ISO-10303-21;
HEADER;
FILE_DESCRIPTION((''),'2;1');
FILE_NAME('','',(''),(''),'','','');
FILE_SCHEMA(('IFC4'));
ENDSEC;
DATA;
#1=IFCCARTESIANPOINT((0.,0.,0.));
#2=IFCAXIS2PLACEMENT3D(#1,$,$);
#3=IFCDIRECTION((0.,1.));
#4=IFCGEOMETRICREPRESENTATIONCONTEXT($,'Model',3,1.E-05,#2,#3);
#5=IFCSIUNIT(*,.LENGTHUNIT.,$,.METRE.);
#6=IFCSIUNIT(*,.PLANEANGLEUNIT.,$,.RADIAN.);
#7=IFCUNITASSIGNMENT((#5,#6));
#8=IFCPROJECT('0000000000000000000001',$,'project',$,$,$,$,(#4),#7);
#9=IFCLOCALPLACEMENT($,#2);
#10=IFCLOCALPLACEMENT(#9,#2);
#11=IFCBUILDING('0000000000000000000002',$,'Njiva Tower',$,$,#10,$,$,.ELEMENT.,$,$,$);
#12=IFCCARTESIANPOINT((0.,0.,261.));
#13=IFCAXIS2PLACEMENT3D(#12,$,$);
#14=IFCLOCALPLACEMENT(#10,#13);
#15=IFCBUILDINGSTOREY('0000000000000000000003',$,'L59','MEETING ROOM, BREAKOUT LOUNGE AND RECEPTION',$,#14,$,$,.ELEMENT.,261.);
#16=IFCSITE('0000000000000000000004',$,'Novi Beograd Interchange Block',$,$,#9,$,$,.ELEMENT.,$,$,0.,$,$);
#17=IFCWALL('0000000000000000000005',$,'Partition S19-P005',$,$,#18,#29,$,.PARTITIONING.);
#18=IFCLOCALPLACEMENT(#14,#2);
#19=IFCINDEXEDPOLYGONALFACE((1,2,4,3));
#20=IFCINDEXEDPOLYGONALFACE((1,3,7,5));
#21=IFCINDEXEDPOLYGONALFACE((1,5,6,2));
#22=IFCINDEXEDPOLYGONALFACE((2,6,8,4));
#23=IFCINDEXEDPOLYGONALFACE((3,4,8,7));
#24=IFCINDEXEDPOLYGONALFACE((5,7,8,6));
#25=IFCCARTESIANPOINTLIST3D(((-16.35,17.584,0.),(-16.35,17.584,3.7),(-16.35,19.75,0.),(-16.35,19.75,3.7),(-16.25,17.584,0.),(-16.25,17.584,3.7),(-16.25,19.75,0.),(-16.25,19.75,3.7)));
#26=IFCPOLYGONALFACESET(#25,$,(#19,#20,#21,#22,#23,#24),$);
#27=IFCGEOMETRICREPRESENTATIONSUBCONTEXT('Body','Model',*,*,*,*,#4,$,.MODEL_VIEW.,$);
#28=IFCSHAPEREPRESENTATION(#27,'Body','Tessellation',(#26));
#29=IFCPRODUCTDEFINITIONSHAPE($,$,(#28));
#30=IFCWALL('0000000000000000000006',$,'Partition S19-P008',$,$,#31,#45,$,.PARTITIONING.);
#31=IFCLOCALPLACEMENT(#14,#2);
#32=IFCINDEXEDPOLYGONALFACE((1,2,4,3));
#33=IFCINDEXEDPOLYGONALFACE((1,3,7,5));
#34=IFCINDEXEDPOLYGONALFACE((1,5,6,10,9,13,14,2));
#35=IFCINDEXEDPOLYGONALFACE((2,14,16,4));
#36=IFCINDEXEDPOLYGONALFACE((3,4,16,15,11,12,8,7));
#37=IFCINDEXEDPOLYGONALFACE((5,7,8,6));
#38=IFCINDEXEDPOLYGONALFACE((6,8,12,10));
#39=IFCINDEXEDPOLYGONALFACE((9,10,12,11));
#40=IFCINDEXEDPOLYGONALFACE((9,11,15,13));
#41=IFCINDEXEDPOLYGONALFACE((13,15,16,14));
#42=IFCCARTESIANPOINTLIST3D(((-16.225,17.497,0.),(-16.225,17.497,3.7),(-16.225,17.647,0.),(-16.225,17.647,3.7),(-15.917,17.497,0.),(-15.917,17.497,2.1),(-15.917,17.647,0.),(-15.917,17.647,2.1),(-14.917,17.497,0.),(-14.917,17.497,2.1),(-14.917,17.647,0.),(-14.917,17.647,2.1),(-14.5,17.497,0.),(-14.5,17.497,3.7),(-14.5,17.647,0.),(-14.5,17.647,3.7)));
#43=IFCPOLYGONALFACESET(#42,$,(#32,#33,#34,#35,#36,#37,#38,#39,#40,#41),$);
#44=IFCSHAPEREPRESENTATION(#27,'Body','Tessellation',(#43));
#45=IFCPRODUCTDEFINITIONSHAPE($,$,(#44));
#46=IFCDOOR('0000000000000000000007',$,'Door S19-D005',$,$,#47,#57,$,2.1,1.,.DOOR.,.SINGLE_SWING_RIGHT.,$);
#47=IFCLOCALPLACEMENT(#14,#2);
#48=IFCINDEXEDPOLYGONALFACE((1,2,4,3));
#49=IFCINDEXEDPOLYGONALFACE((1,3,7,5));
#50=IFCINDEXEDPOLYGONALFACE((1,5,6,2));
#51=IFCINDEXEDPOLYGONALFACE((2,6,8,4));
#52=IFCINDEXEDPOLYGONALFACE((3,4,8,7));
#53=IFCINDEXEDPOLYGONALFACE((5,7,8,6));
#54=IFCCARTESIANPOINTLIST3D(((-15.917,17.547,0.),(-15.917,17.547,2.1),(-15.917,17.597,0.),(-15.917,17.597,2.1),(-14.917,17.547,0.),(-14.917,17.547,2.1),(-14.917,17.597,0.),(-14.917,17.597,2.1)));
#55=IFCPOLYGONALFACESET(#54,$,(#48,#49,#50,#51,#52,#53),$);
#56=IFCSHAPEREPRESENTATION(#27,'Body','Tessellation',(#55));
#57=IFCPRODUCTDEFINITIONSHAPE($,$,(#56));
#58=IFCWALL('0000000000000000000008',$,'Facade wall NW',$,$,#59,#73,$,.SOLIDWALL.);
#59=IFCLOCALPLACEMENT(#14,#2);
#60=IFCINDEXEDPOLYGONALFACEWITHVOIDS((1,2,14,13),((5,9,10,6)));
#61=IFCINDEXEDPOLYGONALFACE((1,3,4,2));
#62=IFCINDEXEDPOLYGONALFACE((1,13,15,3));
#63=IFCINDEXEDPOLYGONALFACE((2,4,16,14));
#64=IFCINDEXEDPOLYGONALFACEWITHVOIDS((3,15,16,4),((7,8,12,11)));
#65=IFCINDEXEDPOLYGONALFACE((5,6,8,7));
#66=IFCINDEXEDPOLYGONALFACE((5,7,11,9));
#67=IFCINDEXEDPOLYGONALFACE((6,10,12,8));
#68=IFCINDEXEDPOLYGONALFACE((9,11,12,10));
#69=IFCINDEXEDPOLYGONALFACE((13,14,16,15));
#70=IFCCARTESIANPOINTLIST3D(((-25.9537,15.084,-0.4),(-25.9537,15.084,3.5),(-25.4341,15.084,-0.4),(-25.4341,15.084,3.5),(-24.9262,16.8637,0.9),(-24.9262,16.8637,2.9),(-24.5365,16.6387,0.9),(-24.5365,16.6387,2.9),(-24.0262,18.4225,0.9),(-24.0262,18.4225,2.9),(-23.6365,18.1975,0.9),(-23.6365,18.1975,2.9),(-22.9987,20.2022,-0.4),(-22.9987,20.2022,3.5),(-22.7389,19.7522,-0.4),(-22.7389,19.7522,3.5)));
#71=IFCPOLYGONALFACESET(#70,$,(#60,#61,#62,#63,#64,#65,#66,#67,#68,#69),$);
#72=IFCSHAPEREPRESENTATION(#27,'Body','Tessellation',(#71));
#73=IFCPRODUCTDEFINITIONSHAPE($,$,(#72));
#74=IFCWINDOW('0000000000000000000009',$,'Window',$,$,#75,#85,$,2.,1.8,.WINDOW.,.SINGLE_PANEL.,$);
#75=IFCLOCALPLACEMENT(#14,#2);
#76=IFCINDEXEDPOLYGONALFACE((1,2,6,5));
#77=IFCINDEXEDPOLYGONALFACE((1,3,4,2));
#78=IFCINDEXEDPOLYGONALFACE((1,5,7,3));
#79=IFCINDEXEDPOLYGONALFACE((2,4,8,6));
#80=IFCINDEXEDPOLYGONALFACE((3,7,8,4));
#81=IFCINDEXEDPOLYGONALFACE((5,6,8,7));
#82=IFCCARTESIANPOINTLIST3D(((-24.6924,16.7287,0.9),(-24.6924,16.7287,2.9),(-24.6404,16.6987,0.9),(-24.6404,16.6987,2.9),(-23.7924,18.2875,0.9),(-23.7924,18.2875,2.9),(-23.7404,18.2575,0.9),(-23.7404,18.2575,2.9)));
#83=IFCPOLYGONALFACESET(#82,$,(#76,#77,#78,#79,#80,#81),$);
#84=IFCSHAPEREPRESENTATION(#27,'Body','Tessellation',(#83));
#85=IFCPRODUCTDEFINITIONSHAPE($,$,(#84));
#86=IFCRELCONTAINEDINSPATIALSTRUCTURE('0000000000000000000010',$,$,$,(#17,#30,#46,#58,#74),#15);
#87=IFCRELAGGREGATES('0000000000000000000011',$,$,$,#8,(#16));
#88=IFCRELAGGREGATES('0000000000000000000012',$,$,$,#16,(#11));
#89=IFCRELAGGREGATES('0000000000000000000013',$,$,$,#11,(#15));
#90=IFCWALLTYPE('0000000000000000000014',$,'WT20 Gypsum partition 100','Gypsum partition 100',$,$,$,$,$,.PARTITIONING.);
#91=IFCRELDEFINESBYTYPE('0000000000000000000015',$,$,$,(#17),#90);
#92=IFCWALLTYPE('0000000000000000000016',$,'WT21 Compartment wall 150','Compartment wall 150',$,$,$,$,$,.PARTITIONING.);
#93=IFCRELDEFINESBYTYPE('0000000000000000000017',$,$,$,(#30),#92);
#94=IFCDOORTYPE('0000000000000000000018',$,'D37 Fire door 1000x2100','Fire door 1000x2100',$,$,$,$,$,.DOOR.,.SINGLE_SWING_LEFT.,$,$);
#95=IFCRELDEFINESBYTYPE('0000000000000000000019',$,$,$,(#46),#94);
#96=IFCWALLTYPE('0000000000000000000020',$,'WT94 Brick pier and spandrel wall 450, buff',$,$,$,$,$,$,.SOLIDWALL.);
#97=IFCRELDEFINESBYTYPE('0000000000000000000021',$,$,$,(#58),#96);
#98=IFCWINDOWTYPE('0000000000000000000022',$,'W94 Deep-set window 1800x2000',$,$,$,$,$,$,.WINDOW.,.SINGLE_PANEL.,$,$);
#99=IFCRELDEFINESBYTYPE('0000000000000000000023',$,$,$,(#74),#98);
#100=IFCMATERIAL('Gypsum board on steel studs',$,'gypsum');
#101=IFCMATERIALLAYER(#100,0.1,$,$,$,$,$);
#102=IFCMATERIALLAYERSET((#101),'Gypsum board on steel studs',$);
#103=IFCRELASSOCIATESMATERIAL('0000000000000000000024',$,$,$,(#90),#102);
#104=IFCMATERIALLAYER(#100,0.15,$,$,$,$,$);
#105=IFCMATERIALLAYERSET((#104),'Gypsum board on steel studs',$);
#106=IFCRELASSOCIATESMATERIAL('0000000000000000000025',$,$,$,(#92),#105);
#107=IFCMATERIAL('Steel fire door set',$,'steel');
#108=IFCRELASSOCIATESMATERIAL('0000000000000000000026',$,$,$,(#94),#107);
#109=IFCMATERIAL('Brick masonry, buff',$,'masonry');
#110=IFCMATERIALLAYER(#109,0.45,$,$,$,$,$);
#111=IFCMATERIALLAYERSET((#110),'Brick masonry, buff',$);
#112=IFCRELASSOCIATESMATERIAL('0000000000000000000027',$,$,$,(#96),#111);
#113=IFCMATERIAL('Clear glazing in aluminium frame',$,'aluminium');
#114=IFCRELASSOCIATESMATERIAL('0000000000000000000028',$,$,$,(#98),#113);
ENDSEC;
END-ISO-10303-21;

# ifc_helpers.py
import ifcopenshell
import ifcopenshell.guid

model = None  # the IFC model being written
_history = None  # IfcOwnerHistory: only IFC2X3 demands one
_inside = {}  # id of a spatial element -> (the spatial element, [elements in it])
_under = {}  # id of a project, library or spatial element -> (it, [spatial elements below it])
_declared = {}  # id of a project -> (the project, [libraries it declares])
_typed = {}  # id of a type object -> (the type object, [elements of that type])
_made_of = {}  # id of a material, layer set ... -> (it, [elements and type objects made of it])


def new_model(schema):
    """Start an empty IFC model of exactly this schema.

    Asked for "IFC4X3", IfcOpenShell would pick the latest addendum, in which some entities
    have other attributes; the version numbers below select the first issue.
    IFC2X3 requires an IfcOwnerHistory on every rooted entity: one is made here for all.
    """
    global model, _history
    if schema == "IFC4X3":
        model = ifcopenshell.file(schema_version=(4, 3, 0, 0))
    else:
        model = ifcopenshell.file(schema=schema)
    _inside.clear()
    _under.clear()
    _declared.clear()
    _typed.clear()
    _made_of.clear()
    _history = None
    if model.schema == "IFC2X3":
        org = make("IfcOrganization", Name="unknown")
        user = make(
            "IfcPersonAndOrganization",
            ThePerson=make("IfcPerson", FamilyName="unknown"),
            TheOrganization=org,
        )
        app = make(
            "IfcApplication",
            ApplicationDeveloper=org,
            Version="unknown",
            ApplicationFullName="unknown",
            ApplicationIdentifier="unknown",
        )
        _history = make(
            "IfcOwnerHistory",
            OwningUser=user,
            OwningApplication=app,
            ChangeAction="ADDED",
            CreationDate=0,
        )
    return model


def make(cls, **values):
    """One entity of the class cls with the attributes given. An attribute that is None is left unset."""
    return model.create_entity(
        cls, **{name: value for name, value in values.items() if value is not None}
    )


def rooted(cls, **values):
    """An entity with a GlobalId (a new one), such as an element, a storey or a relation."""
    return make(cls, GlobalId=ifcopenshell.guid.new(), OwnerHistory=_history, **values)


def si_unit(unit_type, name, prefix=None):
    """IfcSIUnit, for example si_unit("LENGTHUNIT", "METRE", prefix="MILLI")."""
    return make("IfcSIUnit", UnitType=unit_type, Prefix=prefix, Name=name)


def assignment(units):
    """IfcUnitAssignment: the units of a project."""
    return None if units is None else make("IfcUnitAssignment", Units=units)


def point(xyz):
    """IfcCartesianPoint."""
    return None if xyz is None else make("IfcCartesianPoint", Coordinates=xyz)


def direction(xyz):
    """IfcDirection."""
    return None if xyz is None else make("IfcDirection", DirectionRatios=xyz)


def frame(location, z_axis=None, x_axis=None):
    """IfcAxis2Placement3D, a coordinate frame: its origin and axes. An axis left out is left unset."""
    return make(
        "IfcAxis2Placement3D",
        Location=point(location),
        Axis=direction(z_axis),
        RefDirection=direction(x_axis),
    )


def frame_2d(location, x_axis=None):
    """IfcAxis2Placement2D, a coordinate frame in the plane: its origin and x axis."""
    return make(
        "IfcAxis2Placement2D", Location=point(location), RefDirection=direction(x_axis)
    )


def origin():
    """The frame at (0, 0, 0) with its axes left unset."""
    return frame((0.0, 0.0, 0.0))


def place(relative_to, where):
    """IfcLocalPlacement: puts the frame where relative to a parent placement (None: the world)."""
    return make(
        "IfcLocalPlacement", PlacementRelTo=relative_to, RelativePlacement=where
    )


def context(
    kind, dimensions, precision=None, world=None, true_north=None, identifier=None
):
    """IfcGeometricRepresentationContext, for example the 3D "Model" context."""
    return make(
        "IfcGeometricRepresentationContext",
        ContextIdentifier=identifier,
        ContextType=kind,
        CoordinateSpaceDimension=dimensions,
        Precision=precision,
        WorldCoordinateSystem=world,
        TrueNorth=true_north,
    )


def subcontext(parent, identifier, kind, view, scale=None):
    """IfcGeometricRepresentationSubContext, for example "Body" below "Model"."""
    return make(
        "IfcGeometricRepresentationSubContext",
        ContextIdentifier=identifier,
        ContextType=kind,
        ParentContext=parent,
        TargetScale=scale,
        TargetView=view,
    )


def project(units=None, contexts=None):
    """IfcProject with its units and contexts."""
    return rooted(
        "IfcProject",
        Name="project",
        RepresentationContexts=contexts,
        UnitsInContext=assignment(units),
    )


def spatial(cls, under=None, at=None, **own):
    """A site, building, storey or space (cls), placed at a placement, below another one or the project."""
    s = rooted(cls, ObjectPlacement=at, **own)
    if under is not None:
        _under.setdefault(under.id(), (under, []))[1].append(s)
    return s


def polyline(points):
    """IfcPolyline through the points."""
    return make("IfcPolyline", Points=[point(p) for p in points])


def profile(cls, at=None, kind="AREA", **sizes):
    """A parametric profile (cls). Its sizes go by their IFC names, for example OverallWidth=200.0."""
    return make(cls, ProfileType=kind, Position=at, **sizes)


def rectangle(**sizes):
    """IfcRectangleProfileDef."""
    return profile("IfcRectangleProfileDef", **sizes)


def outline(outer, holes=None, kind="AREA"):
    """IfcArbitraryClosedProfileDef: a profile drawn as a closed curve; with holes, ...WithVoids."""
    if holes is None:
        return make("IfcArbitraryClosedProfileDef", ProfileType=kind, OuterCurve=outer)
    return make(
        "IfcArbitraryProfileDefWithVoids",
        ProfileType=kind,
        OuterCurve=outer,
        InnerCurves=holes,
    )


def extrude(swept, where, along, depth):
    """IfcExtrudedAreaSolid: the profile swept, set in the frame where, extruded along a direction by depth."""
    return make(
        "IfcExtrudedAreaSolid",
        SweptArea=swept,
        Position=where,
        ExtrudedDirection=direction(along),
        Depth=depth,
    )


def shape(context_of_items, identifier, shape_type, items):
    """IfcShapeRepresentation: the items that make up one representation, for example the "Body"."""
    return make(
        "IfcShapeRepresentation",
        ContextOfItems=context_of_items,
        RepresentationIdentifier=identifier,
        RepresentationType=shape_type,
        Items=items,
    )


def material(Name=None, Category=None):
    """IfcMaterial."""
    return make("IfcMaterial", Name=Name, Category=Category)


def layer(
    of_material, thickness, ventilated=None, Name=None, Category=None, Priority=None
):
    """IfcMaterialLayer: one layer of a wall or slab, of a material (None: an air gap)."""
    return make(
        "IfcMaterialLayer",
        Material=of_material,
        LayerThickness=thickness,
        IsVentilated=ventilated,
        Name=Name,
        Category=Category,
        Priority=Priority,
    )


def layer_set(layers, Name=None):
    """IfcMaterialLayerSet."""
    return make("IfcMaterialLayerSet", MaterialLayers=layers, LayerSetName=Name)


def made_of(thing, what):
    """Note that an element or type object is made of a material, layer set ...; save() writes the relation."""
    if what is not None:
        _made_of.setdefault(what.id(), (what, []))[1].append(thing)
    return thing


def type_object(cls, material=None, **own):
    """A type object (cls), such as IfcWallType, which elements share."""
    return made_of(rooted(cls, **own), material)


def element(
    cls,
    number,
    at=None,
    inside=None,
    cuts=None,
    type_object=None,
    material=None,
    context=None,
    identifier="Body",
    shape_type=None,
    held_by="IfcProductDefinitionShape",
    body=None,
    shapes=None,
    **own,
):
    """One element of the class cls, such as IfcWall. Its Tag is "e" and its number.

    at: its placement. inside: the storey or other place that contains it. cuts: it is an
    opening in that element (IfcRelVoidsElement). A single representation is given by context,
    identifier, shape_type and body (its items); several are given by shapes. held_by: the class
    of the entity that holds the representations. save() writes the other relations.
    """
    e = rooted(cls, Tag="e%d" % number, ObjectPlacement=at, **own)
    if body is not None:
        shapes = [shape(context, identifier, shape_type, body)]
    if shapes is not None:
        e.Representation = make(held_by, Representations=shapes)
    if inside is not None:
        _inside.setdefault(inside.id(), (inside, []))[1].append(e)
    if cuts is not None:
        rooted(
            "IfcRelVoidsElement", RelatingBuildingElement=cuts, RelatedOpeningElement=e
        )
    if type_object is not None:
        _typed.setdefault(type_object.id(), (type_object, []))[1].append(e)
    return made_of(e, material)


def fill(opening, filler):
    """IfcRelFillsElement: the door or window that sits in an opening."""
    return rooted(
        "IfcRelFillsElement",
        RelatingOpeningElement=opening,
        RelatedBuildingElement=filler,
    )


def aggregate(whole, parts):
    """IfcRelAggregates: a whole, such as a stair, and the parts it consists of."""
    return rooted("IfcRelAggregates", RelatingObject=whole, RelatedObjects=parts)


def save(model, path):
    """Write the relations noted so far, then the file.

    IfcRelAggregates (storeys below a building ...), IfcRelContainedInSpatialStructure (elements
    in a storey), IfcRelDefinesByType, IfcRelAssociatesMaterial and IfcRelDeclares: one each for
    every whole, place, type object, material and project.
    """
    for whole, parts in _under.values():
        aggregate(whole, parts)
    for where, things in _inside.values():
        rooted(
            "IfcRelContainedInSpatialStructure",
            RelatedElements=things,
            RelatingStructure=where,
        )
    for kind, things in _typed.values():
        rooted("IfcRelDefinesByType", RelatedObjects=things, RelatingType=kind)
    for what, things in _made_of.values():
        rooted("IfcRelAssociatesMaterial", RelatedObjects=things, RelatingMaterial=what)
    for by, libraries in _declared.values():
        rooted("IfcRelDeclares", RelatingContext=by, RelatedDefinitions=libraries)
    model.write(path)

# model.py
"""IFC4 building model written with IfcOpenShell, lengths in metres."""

from ifc_helpers import new_model, si_unit, direction, frame, frame_2d, origin, place, context, subcontext, project, spatial, polyline, rectangle, outline, extrude, material, layer, layer_set, type_object, element, fill, save


model = new_model("IFC4")

# Units and contexts
model_context = context("Model", 3, precision=1e-05, world=origin(), true_north=direction((0.0, 1.0)))
body_context = subcontext(model_context, "Body", "Model", "MODEL_VIEW")
ifc_project = project(units=[si_unit("LENGTHUNIT", "METRE"), si_unit("PLANEANGLEUNIT", "RADIAN")], contexts=[model_context])

# Site, building, storey
site_placement = place(None, origin())
site = spatial("IfcSite", under=ifc_project, at=site_placement, Name="Novi Beograd Interchange Block", CompositionType="ELEMENT", RefElevation=0.0)
building_placement = place(site_placement, origin())
building = spatial("IfcBuilding", under=site, at=building_placement, Name="Njiva Tower", CompositionType="ELEMENT")
storey_placement = place(building_placement, frame((0.0, 0.0, 261.0)))
storey = spatial("IfcBuildingStorey", under=building, at=storey_placement, Name="L59", Description="MEETING ROOM, BREAKOUT LOUNGE AND RECEPTION", CompositionType="ELEMENT", Elevation=261.0)

# Wall
ifc_material_1 = material(Name="Gypsum board on steel studs", Category="gypsum")
ifc_layer_1 = layer(ifc_material_1, 0.1)
ifc_layer_set_1 = layer_set([ifc_layer_1], Name="Gypsum board on steel studs")
wall_type_1 = type_object("IfcWallType", Name="WT20 Gypsum partition 100", Description="Gypsum partition 100", PredefinedType="PARTITIONING", material=ifc_layer_set_1)
wall_1_placement = place(storey_placement, frame((-16.3, 17.584, 0.0), z_axis=(0.0, 0.0, 1.0), x_axis=(0.0, 1.0, 0.0)))
element("IfcWall", 1, at=wall_1_placement, inside=storey, type_object=wall_type_1, Name="Partition S19-P005", PredefinedType="PARTITIONING", context=body_context, shape_type="SweptSolid", body=[
    extrude(rectangle(XDim=2.166, YDim=0.1, at=frame_2d((1.083, 0.0))), origin(), (0.0, 0.0, 1.0), 3.7),
])

# Wall, opening, door
ifc_layer_2 = layer(ifc_material_1, 0.15)
ifc_layer_set_2 = layer_set([ifc_layer_2], Name="Gypsum board on steel studs")
wall_type_2 = type_object("IfcWallType", Name="WT21 Compartment wall 150", Description="Compartment wall 150", PredefinedType="PARTITIONING", material=ifc_layer_set_2)
wall_2_placement = place(storey_placement, frame((-16.225, 17.572, 0.0), z_axis=(0.0, 0.0, 1.0), x_axis=(1.0, 0.0, 0.0)))
wall_2 = element("IfcWall", 2, at=wall_2_placement, inside=storey, type_object=wall_type_2, Name="Partition S19-P008", PredefinedType="PARTITIONING", context=body_context, shape_type="SweptSolid", body=[
    extrude(rectangle(XDim=1.725, YDim=0.15, at=frame_2d((0.8625, 0.0))), origin(), (0.0, 0.0, 1.0), 3.7),
])
opening_1_placement = place(wall_2_placement, frame((0.308, 0.0, 0.0)))
opening_1 = element("IfcOpeningElement", 3, at=opening_1_placement, cuts=wall_2, PredefinedType="OPENING", context=body_context, shape_type="SweptSolid", body=[
    extrude(rectangle(XDim=1.0, YDim=2.1, at=frame_2d((0.5, 1.05))), frame((0.0, 0.085, 0.0), z_axis=(0.0, -1.0, 0.0), x_axis=(1.0, 0.0, 0.0)), (0.0, 0.0, 1.0), 0.17),
])
ifc_material_2 = material(Name="Steel fire door set", Category="steel")
door_type = type_object("IfcDoorType", Name="D37 Fire door 1000x2100", Description="Fire door 1000x2100", OperationType="SINGLE_SWING_LEFT", PredefinedType="DOOR", material=ifc_material_2)
door_placement = place(opening_1_placement, origin())
door = element("IfcDoor", 4, at=door_placement, inside=storey, type_object=door_type, Name="Door S19-D005", OperationType="SINGLE_SWING_RIGHT", OverallHeight=2.1, OverallWidth=1.0, PredefinedType="DOOR", context=body_context, shape_type="SweptSolid", body=[
    extrude(rectangle(XDim=1.0, YDim=2.1, at=frame_2d((0.5, 1.05))), frame((0.0, 0.025, 0.0), z_axis=(0.0, -1.0, 0.0), x_axis=(1.0, 0.0, 0.0)), (0.0, 0.0, 1.0), 0.05),
])
fill(opening_1, door)

# Shared definitions
ifc_material_3 = material(Name="Clear glazing in aluminium frame", Category="aluminium")

# Wall, opening, window
ifc_material_4 = material(Name="Brick masonry, buff", Category="masonry")
ifc_layer_3 = layer(ifc_material_4, 0.45)
ifc_layer_set_3 = layer_set([ifc_layer_3], Name="Brick masonry, buff")
wall_type_3 = type_object("IfcWallType", Name="WT94 Brick pier and spandrel wall 450, buff", PredefinedType="SOLIDWALL", material=ifc_layer_set_3)
wall_3_placement = place(storey_placement, frame((-22.8688, 19.9772, -0.4), z_axis=(0.0, 0.0, 1.0), x_axis=(-0.500001, -0.866025, 0.0)))
wall_3 = element("IfcWall", 5, at=wall_3_placement, inside=storey, type_object=wall_type_3, Name="Facade wall NW", PredefinedType="SOLIDWALL", context=body_context, shape_type="SweptSolid", body=[
    extrude(outline(polyline([(-0.1299, -0.225), (5.7801, -0.225), (5.5203, 0.225), (0.1299, 0.225), (-0.1299, -0.225)])), origin(), (0.0, 0.0, 1.0), 3.9),
])
opening_2_placement = place(wall_3_placement, frame((1.9251, 0.0, 1.3)))
opening_2 = element("IfcOpeningElement", 6, at=opening_2_placement, cuts=wall_3, PredefinedType="OPENING", context=body_context, shape_type="SweptSolid", body=[
    extrude(rectangle(XDim=1.8, YDim=2.0, at=frame_2d((0.9, 1.0))), frame((0.0, 0.235, 0.0), z_axis=(0.0, -1.0, 0.0), x_axis=(1.0, 0.0, 0.0)), (0.0, 0.0, 1.0), 0.47),
])
window_type_1 = type_object("IfcWindowType", Name="W94 Deep-set window 1800x2000", PartitioningType="SINGLE_PANEL", PredefinedType="WINDOW", material=ifc_material_3)
window_1_placement = place(opening_2_placement, origin())
window_1 = element("IfcWindow", 7, at=window_1_placement, inside=storey, type_object=window_type_1, Name="Window", OverallHeight=2.0, OverallWidth=1.8, PartitioningType="SINGLE_PANEL", PredefinedType="WINDOW", context=body_context, shape_type="SweptSolid", body=[
    extrude(rectangle(XDim=1.8, YDim=2.0, at=frame_2d((0.9, 1.0))), frame((0.0, 0.105, 0.0), z_axis=(0.0, -1.0, 0.0), x_axis=(1.0, 0.0, 0.0)), (0.0, 0.0, 1.0), 0.06),
])
fill(opening_2, window_1)

save(model, "model.ifc")
